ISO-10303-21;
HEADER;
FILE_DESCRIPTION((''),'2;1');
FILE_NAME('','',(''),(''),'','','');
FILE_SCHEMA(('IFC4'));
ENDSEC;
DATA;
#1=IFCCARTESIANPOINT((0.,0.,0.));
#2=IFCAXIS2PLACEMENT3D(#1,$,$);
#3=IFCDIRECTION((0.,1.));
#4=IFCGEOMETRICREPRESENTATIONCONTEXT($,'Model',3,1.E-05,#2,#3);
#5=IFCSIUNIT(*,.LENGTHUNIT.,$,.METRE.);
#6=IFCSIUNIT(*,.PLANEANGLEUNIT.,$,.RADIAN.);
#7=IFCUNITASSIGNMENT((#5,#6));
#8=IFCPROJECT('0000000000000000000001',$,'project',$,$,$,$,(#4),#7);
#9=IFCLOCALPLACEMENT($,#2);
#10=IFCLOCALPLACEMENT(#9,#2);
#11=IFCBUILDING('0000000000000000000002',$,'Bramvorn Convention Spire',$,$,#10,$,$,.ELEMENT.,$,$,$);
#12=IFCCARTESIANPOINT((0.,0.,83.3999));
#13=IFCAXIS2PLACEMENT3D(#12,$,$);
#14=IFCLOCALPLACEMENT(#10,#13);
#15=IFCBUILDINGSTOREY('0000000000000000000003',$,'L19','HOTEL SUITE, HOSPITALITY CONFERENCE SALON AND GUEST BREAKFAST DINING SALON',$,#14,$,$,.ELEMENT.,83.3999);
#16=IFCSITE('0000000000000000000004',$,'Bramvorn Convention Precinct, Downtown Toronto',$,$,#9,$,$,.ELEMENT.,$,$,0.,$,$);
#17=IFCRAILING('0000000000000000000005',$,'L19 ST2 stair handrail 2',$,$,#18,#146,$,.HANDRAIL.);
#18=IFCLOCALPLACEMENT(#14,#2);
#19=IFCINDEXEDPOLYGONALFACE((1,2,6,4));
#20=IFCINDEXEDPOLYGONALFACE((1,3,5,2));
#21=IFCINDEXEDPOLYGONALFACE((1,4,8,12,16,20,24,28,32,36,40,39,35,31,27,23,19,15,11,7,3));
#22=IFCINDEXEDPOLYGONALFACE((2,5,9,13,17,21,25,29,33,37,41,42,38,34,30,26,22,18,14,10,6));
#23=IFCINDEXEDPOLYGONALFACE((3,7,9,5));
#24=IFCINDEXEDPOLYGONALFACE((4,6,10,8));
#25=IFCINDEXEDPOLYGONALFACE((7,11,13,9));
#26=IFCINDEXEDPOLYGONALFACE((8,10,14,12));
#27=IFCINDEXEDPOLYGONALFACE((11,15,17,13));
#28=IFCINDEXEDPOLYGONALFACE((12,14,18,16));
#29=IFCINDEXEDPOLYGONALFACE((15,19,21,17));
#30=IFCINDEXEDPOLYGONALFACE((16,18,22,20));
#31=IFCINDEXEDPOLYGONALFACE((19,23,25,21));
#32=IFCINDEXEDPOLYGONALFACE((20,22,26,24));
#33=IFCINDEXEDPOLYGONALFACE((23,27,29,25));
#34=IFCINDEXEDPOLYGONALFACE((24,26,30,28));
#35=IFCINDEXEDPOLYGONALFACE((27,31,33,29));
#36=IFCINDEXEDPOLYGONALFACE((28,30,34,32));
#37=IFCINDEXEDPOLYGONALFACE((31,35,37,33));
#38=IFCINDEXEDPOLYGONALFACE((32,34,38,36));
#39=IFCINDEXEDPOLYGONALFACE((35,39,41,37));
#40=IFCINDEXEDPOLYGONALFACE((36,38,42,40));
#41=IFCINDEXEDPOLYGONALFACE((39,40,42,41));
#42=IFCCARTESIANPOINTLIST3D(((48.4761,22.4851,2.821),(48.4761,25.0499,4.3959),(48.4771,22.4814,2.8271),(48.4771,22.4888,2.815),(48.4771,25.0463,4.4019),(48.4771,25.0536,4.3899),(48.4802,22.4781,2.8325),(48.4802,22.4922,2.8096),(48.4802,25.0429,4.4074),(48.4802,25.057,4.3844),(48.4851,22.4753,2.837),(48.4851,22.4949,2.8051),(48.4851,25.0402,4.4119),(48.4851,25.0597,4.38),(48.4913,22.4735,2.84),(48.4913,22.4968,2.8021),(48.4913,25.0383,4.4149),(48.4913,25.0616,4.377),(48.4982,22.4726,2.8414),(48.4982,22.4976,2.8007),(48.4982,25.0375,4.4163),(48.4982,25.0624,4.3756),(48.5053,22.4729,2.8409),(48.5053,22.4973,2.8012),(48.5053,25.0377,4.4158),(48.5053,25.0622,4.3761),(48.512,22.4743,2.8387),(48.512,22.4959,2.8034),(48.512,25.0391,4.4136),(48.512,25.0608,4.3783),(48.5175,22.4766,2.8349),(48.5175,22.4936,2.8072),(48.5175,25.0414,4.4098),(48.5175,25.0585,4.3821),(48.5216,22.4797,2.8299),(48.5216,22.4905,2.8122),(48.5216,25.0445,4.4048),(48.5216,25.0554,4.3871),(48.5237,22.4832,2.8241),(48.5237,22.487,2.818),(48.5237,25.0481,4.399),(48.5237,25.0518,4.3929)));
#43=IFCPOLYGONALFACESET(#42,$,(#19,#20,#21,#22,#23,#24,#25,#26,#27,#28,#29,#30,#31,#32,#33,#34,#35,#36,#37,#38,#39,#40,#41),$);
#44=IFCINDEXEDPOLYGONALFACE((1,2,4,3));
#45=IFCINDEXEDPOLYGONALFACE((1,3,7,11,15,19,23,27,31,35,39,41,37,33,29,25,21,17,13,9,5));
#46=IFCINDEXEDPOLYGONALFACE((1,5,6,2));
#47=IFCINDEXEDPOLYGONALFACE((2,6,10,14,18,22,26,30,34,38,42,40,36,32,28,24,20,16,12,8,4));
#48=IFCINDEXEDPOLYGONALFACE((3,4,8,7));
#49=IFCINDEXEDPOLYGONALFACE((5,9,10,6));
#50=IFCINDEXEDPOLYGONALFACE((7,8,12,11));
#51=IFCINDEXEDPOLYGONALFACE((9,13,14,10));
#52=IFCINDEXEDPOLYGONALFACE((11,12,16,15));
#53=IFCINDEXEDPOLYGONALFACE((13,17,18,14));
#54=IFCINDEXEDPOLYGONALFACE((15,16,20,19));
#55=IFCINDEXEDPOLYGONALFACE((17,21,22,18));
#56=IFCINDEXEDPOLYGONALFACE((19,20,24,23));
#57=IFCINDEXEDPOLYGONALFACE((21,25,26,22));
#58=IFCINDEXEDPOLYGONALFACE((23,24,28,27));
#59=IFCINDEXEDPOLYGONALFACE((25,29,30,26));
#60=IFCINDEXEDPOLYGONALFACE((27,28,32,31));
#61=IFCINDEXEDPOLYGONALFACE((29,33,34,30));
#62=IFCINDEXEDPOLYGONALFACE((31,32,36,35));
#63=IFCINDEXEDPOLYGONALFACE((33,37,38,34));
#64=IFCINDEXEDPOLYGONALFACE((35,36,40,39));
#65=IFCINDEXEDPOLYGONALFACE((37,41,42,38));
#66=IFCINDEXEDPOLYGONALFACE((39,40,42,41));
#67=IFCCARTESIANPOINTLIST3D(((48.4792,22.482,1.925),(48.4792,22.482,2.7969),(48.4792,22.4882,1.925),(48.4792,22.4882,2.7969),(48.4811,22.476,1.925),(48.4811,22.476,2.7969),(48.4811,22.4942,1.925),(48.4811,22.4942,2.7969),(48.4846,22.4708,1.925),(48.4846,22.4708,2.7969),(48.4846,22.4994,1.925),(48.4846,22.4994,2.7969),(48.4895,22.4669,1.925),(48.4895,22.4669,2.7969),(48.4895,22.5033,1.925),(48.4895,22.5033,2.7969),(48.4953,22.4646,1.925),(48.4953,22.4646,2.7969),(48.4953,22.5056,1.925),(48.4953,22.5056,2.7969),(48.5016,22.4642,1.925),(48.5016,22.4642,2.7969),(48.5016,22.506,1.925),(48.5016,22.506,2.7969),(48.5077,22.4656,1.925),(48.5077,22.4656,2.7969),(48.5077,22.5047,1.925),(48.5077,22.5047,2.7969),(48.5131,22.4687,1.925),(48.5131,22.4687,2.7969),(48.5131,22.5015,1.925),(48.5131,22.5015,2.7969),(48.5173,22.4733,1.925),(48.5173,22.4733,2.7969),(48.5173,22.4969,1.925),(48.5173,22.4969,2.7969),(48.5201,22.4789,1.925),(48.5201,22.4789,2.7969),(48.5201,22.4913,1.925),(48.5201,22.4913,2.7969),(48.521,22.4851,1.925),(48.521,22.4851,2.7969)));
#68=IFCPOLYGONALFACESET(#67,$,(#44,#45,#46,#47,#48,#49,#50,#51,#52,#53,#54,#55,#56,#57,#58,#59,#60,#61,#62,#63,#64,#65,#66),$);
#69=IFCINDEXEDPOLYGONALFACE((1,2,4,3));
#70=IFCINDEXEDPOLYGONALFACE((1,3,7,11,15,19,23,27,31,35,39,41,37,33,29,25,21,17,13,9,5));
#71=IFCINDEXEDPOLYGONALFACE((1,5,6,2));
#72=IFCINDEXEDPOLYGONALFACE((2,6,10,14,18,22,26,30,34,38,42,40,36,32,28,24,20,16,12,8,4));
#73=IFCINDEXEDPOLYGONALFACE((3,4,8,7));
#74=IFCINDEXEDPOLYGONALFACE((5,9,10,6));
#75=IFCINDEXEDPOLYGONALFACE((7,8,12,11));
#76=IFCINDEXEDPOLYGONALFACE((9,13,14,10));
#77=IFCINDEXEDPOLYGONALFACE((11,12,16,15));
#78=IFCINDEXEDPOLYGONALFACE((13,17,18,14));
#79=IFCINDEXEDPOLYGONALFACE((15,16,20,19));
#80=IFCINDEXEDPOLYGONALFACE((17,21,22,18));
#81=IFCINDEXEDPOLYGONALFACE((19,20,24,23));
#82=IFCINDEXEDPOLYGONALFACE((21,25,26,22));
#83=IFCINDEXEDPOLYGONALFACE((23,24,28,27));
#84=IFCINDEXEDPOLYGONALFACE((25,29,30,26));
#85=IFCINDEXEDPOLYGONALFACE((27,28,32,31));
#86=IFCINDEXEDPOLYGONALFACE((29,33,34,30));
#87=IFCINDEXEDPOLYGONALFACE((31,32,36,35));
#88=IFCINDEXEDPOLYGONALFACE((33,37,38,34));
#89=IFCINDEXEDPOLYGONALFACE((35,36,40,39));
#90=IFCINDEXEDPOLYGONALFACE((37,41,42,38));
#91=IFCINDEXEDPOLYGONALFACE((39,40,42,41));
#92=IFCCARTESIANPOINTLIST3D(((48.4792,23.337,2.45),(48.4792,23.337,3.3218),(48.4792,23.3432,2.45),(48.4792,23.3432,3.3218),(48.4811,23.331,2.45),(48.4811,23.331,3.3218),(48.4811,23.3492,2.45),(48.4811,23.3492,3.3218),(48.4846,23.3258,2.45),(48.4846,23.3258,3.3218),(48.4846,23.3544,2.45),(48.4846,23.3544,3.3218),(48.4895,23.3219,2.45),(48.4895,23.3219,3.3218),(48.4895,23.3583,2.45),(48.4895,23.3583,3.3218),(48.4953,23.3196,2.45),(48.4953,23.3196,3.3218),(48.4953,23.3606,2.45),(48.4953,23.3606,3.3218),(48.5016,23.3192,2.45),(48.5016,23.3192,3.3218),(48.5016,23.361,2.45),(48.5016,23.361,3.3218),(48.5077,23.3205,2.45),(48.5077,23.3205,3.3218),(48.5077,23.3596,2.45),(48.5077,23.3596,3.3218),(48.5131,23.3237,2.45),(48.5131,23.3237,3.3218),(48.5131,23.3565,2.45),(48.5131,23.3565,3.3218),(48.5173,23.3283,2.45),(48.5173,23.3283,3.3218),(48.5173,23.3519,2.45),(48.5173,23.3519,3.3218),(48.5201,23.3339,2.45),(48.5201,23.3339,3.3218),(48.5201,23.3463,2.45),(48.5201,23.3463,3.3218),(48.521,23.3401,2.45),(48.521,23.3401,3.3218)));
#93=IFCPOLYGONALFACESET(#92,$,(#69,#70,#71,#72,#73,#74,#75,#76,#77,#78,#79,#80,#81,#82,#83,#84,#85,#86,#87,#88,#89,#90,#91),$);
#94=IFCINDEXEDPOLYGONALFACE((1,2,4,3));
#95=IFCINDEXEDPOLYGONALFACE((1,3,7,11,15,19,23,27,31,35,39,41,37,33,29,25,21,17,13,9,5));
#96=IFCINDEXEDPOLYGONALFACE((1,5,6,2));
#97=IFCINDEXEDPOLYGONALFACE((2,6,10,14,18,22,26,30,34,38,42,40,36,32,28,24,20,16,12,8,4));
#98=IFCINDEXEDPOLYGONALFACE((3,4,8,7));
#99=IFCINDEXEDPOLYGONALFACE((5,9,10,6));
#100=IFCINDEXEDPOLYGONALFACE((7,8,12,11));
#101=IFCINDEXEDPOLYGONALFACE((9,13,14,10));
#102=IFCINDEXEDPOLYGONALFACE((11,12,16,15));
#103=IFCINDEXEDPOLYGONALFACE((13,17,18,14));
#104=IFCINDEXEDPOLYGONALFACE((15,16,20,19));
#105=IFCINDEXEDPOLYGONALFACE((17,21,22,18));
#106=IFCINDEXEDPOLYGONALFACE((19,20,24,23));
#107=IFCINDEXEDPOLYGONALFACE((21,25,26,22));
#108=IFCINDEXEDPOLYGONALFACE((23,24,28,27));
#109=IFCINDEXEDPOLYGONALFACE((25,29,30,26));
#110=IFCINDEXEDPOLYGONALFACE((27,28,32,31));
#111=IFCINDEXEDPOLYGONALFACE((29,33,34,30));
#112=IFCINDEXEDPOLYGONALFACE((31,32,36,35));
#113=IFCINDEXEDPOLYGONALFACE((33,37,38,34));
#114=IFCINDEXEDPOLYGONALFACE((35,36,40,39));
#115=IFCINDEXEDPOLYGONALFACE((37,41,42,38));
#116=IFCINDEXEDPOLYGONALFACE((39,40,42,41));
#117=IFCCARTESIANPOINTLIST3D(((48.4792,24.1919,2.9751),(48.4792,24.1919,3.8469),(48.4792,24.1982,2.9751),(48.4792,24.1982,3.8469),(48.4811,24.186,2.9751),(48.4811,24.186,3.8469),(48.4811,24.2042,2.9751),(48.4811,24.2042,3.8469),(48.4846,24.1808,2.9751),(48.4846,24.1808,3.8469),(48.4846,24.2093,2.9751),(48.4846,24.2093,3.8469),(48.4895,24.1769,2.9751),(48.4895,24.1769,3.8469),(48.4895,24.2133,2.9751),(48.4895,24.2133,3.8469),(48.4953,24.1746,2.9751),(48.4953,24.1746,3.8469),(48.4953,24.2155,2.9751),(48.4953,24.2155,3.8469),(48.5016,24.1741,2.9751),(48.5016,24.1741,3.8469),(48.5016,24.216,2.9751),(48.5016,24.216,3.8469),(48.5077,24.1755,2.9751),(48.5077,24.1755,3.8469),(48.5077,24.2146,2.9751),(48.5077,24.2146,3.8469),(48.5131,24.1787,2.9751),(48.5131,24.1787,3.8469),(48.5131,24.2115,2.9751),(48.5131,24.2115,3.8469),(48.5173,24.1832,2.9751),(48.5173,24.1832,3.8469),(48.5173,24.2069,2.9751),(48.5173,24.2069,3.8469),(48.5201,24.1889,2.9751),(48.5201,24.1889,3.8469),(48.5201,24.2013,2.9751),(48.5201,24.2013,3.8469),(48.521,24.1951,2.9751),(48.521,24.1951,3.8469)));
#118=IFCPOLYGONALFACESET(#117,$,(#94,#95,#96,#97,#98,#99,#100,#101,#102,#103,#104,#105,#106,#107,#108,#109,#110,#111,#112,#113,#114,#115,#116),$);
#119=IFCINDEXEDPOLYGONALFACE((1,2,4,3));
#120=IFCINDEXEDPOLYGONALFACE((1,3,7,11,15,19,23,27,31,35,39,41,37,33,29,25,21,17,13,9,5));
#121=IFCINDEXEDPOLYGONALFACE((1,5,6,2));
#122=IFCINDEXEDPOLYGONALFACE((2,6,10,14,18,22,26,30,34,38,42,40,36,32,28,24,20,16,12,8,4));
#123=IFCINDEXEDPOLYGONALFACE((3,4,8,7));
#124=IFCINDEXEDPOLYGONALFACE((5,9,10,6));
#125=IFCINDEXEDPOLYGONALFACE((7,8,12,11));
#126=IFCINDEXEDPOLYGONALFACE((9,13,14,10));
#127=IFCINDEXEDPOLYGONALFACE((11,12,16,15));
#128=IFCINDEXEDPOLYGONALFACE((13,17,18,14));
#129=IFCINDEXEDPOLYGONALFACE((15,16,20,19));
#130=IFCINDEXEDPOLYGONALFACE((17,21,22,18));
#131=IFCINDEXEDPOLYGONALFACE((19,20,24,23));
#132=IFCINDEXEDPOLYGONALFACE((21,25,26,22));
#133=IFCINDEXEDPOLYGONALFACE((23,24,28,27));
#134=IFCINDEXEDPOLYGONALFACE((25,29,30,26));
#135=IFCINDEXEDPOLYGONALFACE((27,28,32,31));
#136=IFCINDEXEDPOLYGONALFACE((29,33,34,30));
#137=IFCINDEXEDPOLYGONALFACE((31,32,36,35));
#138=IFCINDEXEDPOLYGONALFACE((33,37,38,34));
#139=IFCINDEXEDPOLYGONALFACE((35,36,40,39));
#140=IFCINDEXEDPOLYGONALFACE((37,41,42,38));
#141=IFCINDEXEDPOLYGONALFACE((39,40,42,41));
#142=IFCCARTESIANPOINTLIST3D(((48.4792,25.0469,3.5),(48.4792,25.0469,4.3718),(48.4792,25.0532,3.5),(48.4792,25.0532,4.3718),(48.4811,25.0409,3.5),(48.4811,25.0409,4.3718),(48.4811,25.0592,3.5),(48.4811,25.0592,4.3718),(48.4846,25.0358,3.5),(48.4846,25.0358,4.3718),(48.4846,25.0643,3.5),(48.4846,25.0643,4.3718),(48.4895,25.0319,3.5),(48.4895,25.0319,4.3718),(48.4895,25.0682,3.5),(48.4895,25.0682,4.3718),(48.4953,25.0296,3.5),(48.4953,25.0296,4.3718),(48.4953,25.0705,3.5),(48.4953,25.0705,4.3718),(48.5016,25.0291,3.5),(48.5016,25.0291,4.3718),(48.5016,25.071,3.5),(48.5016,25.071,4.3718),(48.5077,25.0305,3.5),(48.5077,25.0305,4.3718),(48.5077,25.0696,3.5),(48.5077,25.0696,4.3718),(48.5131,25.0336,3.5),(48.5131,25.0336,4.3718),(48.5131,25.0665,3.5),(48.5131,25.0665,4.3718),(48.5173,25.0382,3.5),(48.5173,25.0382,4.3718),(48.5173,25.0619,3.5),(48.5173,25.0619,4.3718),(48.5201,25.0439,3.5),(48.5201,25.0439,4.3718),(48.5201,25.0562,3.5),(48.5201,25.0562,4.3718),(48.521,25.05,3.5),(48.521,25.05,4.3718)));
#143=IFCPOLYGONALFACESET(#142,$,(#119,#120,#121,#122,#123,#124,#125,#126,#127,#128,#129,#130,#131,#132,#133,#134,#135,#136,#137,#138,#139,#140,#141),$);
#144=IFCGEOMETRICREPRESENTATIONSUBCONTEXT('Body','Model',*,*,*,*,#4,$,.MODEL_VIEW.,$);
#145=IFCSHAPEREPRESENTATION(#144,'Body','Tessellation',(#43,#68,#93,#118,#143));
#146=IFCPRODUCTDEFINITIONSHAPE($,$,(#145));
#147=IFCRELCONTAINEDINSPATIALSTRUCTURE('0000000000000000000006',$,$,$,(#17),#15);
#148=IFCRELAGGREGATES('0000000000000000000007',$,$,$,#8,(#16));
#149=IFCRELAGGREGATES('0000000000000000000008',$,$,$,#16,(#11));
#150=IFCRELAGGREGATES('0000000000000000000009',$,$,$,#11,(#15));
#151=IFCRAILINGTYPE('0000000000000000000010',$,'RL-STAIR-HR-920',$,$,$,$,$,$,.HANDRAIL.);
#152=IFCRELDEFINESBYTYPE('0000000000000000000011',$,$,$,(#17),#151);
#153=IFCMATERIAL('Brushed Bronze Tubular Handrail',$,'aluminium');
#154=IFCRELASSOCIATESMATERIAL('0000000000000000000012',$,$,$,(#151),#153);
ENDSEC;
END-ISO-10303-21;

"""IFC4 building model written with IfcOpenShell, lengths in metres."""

from ifc_helpers import new_model, si_unit, direction, frame, origin, origin_2d, place, context, subcontext, project, spatial, circle, extrude, material, type_object, element, save


model = new_model("IFC4")

# Units and contexts
model_context = context("Model", 3, precision=1e-05, world=origin(), true_north=direction((0.0, 1.0)))
body_context = subcontext(model_context, "Body", "Model", "MODEL_VIEW")
ifc_project = project(units=[si_unit("LENGTHUNIT", "METRE"), si_unit("PLANEANGLEUNIT", "RADIAN")], contexts=[model_context])

# Site, building, storey
site_placement = place(None, origin())
site = spatial("IfcSite", under=ifc_project, at=site_placement, Name="Bramvorn Convention Precinct, Downtown Toronto", CompositionType="ELEMENT", RefElevation=0.0)
building_placement = place(site_placement, origin())
building = spatial("IfcBuilding", under=site, at=building_placement, Name="Bramvorn Convention Spire", CompositionType="ELEMENT")
storey_placement = place(building_placement, frame((0.0, 0.0, 83.3999)))
storey = spatial("IfcBuildingStorey", under=building, at=storey_placement, Name="L19", Description="HOTEL SUITE, HOSPITALITY CONFERENCE SALON AND GUEST BREAKFAST DINING SALON", CompositionType="ELEMENT", Elevation=83.3999)

# Railing
ifc_material_1 = material(Name="Brushed Bronze Tubular Handrail", Category="aluminium")
railing_type_1 = type_object("IfcRailingType", Name="RL-STAIR-HR-920", PredefinedType="HANDRAIL", material=ifc_material_1)
railing_1_placement = place(storey_placement, frame((48.5, 22.4851, 1.925)))
element("IfcRailing", 1, at=railing_1_placement, inside=storey, type_object=railing_type_1, Name="L19 ST2 stair handrail 2", PredefinedType="HANDRAIL", context=body_context, shape_type="SweptSolid", body=[
    extrude(circle(Radius=0.0239, at=origin_2d()), frame((0.0, 0.0, 0.896), z_axis=(0.0, 0.852173, 0.52326), x_axis=(-1.0, 0.0, 0.0)), (0.0, 0.0, 1.0), 3.0098),
    extrude(circle(Radius=0.021, at=origin_2d()), origin(), (0.0, 0.0, 1.0), 0.8718),
    extrude(circle(Radius=0.021, at=origin_2d()), frame((0.0, 0.855, 0.5249)), (0.0, 0.0, 1.0), 0.8718),
    extrude(circle(Radius=0.021, at=origin_2d()), frame((0.0, 1.71, 1.05)), (0.0, 0.0, 1.0), 0.8718),
    extrude(circle(Radius=0.021, at=origin_2d()), frame((0.0, 2.5649, 1.575)), (0.0, 0.0, 1.0), 0.8718),
])

save(model, "model.ifc")
